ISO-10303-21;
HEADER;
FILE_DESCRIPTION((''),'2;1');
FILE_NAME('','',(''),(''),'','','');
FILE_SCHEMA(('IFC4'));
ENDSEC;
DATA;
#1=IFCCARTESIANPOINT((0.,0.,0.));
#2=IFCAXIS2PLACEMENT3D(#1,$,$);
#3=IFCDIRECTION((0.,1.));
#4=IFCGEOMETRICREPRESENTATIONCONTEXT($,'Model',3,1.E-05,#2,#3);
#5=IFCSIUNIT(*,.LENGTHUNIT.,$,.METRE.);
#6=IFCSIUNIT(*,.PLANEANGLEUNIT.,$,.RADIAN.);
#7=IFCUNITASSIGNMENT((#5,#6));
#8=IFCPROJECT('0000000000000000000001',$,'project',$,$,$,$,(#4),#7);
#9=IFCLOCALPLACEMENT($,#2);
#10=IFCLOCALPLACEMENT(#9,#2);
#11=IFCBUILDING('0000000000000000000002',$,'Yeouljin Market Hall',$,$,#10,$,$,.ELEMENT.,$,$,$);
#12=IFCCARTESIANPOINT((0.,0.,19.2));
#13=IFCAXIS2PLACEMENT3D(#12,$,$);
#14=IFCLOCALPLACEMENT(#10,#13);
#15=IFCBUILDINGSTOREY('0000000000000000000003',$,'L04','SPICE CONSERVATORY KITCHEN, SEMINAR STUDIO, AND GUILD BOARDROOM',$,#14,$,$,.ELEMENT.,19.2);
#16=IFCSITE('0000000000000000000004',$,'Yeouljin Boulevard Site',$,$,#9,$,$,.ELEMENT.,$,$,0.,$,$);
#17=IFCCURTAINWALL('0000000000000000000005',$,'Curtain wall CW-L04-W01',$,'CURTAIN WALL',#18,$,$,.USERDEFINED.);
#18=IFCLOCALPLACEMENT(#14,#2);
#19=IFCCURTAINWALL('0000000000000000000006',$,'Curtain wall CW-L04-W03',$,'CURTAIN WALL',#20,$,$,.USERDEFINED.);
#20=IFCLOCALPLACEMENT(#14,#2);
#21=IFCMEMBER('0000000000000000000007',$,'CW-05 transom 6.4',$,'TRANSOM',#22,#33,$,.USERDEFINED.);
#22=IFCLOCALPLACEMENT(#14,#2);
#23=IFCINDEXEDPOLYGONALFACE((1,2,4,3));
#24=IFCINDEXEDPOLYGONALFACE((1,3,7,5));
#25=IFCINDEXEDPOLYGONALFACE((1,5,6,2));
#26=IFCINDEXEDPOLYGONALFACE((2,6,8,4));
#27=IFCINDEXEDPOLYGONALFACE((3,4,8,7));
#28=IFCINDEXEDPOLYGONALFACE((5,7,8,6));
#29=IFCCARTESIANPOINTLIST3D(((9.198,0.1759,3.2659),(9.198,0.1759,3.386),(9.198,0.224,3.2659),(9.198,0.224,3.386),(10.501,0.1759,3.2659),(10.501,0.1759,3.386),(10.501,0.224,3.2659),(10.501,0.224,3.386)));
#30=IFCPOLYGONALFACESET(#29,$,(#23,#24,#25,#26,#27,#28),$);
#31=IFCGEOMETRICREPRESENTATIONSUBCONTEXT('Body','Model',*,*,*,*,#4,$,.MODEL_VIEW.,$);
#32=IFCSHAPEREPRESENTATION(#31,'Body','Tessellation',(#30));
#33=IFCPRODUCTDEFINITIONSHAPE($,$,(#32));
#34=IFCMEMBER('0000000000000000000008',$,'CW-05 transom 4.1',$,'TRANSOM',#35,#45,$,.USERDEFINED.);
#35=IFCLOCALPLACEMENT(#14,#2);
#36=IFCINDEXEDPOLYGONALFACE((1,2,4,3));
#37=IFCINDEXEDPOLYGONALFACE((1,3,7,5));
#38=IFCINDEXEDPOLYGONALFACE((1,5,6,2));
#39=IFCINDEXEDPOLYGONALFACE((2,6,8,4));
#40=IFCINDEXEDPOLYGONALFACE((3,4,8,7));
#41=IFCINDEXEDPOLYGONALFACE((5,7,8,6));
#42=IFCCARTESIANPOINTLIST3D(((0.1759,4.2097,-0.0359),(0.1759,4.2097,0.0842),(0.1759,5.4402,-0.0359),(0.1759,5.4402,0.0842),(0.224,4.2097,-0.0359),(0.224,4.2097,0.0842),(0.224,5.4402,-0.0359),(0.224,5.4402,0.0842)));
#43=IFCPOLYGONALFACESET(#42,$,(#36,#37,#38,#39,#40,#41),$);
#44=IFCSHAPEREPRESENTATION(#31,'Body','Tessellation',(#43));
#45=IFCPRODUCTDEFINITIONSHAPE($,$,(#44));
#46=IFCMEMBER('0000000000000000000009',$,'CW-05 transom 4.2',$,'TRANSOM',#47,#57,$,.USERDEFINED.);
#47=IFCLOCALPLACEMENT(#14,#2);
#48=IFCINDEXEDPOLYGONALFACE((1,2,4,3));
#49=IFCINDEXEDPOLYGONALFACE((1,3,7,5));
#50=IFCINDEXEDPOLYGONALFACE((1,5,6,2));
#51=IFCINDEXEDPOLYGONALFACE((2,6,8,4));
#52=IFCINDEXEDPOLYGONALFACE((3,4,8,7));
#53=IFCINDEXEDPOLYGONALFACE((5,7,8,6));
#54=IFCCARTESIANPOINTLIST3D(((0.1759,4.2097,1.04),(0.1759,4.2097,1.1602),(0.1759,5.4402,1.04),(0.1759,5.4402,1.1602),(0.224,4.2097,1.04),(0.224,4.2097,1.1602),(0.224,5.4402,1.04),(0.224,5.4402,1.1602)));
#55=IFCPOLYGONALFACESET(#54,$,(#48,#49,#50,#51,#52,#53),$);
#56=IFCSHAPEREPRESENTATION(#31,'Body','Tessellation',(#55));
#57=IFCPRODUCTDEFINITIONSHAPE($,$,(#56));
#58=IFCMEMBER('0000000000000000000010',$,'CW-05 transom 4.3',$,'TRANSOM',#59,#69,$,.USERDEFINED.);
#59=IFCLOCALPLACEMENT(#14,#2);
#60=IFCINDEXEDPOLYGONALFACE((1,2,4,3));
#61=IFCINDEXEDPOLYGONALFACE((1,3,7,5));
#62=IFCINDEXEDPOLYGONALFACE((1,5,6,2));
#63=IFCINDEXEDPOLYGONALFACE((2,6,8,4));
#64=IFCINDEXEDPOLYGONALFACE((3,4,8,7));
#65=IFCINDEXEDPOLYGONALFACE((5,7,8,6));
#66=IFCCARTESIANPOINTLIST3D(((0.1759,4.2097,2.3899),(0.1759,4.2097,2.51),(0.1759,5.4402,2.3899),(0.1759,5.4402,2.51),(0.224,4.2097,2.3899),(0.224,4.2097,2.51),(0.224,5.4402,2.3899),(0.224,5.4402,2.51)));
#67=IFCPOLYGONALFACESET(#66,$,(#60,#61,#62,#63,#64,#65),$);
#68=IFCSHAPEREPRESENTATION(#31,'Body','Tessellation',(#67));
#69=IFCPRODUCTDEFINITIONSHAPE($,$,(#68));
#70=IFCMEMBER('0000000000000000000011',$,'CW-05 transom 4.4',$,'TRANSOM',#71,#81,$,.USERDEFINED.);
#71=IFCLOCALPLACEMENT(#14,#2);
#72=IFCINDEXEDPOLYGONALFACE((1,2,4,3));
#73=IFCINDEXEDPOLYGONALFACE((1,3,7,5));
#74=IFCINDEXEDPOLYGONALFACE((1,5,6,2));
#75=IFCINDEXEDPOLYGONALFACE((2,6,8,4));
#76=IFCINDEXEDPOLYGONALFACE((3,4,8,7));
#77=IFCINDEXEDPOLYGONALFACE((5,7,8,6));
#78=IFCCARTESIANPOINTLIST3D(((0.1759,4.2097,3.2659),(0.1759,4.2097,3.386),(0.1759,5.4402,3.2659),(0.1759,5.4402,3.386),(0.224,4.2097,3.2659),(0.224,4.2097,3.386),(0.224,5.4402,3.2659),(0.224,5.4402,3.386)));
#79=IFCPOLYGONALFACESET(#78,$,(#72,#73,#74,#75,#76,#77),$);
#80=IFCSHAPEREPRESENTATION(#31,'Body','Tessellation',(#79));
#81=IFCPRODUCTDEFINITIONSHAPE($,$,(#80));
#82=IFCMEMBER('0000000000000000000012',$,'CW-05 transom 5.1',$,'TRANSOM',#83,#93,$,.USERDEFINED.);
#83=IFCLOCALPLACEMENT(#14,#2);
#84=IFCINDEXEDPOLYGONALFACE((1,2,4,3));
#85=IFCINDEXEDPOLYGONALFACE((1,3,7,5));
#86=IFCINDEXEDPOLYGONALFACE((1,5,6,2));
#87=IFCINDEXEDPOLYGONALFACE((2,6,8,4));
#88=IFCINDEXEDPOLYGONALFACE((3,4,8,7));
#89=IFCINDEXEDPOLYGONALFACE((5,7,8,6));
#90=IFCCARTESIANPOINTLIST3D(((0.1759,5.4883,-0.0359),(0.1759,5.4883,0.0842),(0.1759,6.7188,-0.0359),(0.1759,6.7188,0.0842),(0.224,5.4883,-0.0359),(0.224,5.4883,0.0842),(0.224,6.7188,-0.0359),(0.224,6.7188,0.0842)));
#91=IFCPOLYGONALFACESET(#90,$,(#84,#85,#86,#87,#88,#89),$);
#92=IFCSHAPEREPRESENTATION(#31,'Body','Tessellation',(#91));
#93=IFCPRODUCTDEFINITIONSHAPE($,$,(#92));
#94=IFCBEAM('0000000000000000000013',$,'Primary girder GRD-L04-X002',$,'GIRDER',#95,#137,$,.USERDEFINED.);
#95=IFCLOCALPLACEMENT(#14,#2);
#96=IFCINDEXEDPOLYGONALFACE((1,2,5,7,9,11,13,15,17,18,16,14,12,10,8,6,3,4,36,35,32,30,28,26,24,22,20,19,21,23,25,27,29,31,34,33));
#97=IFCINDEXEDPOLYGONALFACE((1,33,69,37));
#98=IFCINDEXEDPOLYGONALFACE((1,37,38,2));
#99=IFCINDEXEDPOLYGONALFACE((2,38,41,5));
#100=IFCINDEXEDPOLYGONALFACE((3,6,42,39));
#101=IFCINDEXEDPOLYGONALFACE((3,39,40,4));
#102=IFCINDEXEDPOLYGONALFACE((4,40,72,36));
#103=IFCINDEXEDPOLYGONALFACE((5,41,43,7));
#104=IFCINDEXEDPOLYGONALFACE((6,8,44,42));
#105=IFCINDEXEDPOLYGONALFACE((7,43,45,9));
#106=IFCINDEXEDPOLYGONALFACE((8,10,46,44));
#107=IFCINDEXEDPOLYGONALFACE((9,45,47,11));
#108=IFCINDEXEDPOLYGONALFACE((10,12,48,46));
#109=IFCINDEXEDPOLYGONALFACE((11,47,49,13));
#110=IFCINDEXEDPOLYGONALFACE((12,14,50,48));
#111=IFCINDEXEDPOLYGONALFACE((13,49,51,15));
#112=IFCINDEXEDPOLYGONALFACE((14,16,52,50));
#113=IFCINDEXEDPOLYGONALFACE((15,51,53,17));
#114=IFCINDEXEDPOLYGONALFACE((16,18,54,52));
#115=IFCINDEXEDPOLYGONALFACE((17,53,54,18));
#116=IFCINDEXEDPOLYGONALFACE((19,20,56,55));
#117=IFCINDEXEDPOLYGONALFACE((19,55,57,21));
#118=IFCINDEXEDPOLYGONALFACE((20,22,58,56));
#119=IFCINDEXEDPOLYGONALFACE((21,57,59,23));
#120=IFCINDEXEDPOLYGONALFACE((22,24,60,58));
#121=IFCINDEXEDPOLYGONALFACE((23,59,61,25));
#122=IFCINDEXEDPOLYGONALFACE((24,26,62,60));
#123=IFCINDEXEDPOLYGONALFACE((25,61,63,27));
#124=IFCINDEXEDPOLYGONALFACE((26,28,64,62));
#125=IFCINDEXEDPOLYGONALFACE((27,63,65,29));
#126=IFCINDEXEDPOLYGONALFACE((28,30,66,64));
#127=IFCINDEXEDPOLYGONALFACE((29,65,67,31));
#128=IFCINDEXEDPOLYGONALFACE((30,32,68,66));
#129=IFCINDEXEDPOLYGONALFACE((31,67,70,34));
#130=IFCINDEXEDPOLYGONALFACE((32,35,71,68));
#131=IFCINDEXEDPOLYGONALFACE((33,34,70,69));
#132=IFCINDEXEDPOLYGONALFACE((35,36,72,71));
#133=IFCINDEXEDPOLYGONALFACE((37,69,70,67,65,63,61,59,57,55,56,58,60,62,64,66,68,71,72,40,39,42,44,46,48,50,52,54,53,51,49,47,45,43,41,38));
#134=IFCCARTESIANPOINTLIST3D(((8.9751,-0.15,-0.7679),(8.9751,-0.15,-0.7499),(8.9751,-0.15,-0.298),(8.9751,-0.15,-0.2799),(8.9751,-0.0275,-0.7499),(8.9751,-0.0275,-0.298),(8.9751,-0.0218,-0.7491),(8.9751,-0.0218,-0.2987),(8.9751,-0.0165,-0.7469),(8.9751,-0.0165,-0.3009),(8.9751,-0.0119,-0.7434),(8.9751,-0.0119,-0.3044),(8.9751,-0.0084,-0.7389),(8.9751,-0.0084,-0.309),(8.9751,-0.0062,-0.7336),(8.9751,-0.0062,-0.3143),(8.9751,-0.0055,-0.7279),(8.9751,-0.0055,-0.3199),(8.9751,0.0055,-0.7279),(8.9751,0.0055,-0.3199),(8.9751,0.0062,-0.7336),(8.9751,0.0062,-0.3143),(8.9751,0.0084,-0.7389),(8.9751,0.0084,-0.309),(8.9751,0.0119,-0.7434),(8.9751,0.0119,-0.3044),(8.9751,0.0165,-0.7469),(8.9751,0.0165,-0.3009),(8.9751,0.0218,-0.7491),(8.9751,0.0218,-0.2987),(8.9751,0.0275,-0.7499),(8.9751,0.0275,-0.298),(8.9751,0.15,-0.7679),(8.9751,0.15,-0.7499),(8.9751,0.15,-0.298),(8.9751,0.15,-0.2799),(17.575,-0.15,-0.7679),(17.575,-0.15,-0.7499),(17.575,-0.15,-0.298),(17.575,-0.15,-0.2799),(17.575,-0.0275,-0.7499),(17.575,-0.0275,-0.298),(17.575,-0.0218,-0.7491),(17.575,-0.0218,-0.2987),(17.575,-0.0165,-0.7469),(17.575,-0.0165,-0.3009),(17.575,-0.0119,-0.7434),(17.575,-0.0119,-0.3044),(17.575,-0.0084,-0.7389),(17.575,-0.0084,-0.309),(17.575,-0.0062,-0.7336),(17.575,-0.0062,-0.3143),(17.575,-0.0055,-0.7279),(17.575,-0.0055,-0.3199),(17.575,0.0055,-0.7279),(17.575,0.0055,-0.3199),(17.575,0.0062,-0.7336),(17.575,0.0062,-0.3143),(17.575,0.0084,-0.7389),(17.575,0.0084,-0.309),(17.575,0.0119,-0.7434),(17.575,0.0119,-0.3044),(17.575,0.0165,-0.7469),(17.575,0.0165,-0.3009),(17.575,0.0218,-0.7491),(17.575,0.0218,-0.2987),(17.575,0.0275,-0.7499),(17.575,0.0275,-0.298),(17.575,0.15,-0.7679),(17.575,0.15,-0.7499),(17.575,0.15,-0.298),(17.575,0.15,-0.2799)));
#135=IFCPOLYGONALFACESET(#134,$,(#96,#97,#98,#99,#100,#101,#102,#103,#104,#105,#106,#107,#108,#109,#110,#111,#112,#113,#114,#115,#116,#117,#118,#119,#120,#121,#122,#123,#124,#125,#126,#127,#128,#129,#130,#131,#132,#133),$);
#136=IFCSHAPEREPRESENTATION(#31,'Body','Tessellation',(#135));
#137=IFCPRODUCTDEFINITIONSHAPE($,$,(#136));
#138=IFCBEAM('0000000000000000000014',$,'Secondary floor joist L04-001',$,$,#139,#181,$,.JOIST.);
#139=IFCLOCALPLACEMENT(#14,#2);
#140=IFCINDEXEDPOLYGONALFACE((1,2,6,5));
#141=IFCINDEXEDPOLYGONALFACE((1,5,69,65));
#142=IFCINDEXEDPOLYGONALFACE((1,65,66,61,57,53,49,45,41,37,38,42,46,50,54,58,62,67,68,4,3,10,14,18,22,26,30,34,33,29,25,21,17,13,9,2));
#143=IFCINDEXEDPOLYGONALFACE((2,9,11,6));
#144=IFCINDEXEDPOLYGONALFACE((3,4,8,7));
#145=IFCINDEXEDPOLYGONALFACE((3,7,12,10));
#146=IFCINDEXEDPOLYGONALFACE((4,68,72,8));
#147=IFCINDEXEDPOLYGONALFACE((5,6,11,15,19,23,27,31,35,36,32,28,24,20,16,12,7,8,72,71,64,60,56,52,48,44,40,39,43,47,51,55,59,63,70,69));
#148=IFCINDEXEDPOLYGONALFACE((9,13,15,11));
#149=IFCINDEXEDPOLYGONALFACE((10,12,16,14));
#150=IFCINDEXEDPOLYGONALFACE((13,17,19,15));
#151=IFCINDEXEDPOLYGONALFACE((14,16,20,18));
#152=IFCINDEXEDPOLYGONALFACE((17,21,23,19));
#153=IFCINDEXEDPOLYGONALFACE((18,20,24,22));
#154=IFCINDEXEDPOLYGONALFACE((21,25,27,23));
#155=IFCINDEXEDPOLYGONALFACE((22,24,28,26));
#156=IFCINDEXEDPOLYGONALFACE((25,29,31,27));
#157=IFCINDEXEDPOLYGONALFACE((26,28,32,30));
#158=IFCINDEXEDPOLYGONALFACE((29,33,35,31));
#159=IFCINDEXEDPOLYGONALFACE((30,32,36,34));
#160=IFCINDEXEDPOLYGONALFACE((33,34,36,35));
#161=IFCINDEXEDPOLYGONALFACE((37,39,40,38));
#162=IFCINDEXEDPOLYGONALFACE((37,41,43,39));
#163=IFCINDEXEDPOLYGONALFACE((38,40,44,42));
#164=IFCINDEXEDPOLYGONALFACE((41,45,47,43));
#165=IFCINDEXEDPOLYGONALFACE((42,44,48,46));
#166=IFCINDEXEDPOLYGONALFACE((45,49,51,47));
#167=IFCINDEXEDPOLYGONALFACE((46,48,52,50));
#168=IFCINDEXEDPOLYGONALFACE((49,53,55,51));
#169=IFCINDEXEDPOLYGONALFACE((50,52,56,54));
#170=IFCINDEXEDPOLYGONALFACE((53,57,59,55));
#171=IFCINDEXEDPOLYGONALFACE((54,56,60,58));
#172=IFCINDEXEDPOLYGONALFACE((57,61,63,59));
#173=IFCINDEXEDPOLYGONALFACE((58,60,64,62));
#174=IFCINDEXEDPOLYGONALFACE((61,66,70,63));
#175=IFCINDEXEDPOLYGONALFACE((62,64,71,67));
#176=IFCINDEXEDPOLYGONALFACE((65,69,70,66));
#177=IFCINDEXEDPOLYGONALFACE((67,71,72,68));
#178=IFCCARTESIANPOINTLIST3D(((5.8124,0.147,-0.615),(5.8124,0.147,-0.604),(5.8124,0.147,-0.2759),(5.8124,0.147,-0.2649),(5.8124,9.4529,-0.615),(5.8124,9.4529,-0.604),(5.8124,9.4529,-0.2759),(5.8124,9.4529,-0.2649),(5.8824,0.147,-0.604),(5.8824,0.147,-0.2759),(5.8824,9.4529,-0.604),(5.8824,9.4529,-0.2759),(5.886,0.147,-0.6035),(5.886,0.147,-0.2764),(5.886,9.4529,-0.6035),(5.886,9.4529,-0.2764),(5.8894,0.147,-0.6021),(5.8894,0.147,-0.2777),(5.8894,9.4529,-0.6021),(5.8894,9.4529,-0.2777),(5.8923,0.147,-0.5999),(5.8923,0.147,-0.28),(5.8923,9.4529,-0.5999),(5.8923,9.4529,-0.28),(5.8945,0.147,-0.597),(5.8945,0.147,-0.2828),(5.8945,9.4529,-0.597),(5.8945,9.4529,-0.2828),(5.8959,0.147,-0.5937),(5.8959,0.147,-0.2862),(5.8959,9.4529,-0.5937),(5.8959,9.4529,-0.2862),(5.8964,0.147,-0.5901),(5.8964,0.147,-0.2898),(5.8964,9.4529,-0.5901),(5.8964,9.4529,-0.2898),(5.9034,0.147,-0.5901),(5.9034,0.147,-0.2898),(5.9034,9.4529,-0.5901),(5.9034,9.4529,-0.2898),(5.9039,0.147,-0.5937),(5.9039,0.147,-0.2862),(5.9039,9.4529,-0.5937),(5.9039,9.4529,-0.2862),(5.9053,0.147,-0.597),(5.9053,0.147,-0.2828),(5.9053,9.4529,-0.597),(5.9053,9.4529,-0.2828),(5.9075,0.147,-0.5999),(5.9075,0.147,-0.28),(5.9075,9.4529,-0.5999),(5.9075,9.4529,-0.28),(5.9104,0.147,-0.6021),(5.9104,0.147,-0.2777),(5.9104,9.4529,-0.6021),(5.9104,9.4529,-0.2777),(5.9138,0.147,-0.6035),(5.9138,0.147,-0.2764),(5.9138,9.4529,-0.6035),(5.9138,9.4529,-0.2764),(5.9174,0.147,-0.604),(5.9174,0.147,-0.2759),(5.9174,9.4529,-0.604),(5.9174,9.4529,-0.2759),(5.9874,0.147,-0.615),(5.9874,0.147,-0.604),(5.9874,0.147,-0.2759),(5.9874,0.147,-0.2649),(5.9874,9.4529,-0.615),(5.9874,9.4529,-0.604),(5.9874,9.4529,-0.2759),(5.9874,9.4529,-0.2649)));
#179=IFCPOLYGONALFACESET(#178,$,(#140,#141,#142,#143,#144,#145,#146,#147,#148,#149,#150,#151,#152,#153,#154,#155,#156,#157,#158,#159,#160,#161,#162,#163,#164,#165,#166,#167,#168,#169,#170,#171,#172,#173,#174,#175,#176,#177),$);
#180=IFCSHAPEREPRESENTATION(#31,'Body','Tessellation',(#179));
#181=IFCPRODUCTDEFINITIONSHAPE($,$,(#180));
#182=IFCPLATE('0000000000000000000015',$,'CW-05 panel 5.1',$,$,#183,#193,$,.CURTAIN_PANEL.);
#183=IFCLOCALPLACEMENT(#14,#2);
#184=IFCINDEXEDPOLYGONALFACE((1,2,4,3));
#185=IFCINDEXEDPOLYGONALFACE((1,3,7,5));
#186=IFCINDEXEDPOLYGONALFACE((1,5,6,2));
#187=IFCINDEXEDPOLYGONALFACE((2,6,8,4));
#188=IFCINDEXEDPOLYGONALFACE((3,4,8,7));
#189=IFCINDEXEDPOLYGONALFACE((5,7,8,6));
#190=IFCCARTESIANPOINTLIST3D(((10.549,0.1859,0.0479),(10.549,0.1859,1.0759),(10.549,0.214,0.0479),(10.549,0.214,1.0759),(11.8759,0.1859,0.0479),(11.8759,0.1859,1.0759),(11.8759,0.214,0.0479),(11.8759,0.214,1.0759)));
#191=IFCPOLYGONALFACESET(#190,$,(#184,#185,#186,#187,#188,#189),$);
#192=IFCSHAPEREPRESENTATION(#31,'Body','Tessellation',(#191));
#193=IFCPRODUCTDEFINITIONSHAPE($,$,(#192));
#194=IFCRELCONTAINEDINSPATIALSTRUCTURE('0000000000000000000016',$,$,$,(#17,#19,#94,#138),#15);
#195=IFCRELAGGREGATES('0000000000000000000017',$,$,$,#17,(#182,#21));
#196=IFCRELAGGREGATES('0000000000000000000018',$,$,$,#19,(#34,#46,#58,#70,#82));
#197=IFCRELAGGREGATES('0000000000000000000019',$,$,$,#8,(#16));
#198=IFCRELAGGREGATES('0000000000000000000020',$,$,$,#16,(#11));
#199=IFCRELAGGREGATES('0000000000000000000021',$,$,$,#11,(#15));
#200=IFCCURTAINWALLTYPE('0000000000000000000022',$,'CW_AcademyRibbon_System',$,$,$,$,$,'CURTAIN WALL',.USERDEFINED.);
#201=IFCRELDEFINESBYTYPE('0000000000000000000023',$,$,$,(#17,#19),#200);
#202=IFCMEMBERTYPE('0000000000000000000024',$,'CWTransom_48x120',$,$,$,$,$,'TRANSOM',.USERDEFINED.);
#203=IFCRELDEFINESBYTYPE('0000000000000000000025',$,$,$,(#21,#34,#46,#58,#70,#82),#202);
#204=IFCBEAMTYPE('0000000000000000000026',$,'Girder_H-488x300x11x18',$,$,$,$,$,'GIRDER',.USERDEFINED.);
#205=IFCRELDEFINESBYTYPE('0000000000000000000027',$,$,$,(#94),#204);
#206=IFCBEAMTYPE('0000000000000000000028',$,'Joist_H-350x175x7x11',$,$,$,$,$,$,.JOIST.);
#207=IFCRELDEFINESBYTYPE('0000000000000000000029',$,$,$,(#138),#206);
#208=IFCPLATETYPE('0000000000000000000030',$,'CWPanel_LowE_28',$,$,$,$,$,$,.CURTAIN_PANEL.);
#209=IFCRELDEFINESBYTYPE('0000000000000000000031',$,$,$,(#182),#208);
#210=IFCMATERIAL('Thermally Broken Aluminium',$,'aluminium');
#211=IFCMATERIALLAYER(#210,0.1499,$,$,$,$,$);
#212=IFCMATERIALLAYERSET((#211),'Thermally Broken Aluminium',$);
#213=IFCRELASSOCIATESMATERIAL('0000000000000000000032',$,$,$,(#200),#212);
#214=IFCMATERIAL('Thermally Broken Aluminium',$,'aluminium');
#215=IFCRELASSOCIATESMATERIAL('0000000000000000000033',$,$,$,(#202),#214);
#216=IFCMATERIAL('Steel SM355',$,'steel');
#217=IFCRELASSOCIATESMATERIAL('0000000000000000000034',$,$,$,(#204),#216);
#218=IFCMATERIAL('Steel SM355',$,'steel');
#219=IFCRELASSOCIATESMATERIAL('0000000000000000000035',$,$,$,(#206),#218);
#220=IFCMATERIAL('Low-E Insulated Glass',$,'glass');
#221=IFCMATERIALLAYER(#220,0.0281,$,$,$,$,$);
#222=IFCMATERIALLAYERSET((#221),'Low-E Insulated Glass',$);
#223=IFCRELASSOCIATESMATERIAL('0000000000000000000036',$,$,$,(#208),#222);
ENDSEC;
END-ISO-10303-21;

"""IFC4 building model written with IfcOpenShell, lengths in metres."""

from ifc_helpers import new_model, si_unit, direction, frame, origin, origin_2d, place, context, subcontext, project, spatial, rectangle, i_section, extrude, material, layer, layer_set, material_profile, profile_set, type_object, element, aggregate, save


model = new_model("IFC4")

# Units and contexts
model_context = context("Model", 3, precision=1e-05, world=origin(), true_north=direction((0.0, 1.0)))
body_context = subcontext(model_context, "Body", "Model", "MODEL_VIEW")
ifc_project = project(units=[si_unit("LENGTHUNIT", "METRE"), si_unit("PLANEANGLEUNIT", "RADIAN")], contexts=[model_context])

# Site, building, storey
site_placement = place(None, origin())
site = spatial("IfcSite", under=ifc_project, at=site_placement, Name="Yeouljin Boulevard Site", CompositionType="ELEMENT", RefElevation=0.0)
building_placement = place(site_placement, origin())
building = spatial("IfcBuilding", under=site, at=building_placement, Name="Yeouljin Market Hall", CompositionType="ELEMENT")
storey_placement = place(building_placement, frame((0.0, 0.0, 19.2)))
storey = spatial("IfcBuildingStorey", under=building, at=storey_placement, Name="L04", Description="SPICE CONSERVATORY KITCHEN, SEMINAR STUDIO, AND GUILD BOARDROOM", CompositionType="ELEMENT", Elevation=19.2)

# Curtain walls
ifc_material_1 = material(Name="Thermally Broken Aluminium", Category="aluminium")
ifc_layer_1 = layer(ifc_material_1, 0.1499)
ifc_layer_set_1 = layer_set([ifc_layer_1], Name="Thermally Broken Aluminium")
curtain_wall_type = type_object("IfcCurtainWallType", Name="CW_AcademyRibbon_System", ElementType="CURTAIN WALL", PredefinedType="USERDEFINED", material=ifc_layer_set_1)
curtain_wall_1_placement = place(storey_placement, origin())
curtain_wall_1 = element("IfcCurtainWall", 1, at=curtain_wall_1_placement, inside=storey, type_object=curtain_wall_type, Name="Curtain wall CW-L04-W01", ObjectType="CURTAIN WALL", PredefinedType="USERDEFINED")
curtain_wall_2_placement = place(storey_placement, origin())
curtain_wall_2 = element("IfcCurtainWall", 2, at=curtain_wall_2_placement, inside=storey, type_object=curtain_wall_type, Name="Curtain wall CW-L04-W03", ObjectType="CURTAIN WALL", PredefinedType="USERDEFINED")

# Members
ifc_material_2 = material(Name="Thermally Broken Aluminium", Category="aluminium")
ifc_material_profile_1 = material_profile(ifc_material_2, rectangle(XDim=0.0481, YDim=0.1201, at=origin_2d()), Name="CW-TRAN-48x120")
ifc_profile_set_1 = profile_set([ifc_material_profile_1], Name="Thermally Broken Aluminium")
member_type_1 = type_object("IfcMemberType", Name="CWTransom_48x120", ElementType="TRANSOM", PredefinedType="USERDEFINED", material=ifc_profile_set_1)
member_1_placement = place(storey_placement, frame((10.501, 0.2, 3.3259), z_axis=(-1.0, 0.0, 0.0), x_axis=(0.0, -1.0, 0.0)))
member_1 = element("IfcMember", 3, at=member_1_placement, type_object=member_type_1, Name="CW-05 transom 6.4", ObjectType="TRANSOM", PredefinedType="USERDEFINED", context=body_context, shape_type="SweptSolid", body=[
    extrude(rectangle(XDim=0.0481, YDim=0.1201, at=origin_2d()), origin(), (0.0, 0.0, 1.0), 1.303),
])
member_2_placement = place(storey_placement, frame((0.2, 4.2097, 0.0242), z_axis=(0.0, 1.0, 0.0), x_axis=(-1.0, 0.0, 0.0)))
member_2 = element("IfcMember", 4, at=member_2_placement, type_object=member_type_1, Name="CW-05 transom 4.1", ObjectType="TRANSOM", PredefinedType="USERDEFINED", context=body_context, shape_type="SweptSolid", body=[
    extrude(rectangle(XDim=0.0481, YDim=0.1201, at=origin_2d()), origin(), (0.0, 0.0, 1.0), 1.2305),
])
member_3_placement = place(storey_placement, frame((0.2, 4.2097, 1.1001), z_axis=(0.0, 1.0, 0.0), x_axis=(-1.0, 0.0, 0.0)))
member_3 = element("IfcMember", 5, at=member_3_placement, type_object=member_type_1, Name="CW-05 transom 4.2", ObjectType="TRANSOM", PredefinedType="USERDEFINED", context=body_context, shape_type="SweptSolid", body=[
    extrude(rectangle(XDim=0.0481, YDim=0.1201, at=origin_2d()), origin(), (0.0, 0.0, 1.0), 1.2305),
])
member_4_placement = place(storey_placement, frame((0.2, 4.2097, 2.45), z_axis=(0.0, 1.0, 0.0), x_axis=(-1.0, 0.0, 0.0)))
member_4 = element("IfcMember", 6, at=member_4_placement, type_object=member_type_1, Name="CW-05 transom 4.3", ObjectType="TRANSOM", PredefinedType="USERDEFINED", context=body_context, shape_type="SweptSolid", body=[
    extrude(rectangle(XDim=0.0481, YDim=0.1201, at=origin_2d()), origin(), (0.0, 0.0, 1.0), 1.2305),
])
member_5_placement = place(storey_placement, frame((0.2, 4.2097, 3.3259), z_axis=(0.0, 1.0, 0.0), x_axis=(-1.0, 0.0, 0.0)))
member_5 = element("IfcMember", 7, at=member_5_placement, type_object=member_type_1, Name="CW-05 transom 4.4", ObjectType="TRANSOM", PredefinedType="USERDEFINED", context=body_context, shape_type="SweptSolid", body=[
    extrude(rectangle(XDim=0.0481, YDim=0.1201, at=origin_2d()), origin(), (0.0, 0.0, 1.0), 1.2305),
])
member_6_placement = place(storey_placement, frame((0.2, 5.4883, 0.0242), z_axis=(0.0, 1.0, 0.0), x_axis=(-1.0, 0.0, 0.0)))
member_6 = element("IfcMember", 8, at=member_6_placement, type_object=member_type_1, Name="CW-05 transom 5.1", ObjectType="TRANSOM", PredefinedType="USERDEFINED", context=body_context, shape_type="SweptSolid", body=[
    extrude(rectangle(XDim=0.0481, YDim=0.1201, at=origin_2d()), origin(), (0.0, 0.0, 1.0), 1.2305),
])

# Beams
ifc_material_3 = material(Name="Steel SM355", Category="steel")
ifc_material_profile_2 = material_profile(ifc_material_3, i_section(OverallWidth=0.3, OverallDepth=0.488, WebThickness=0.011, FlangeThickness=0.0181, FilletRadius=0.022, at=origin_2d()), Name="H-488x300x11x18")
ifc_profile_set_2 = profile_set([ifc_material_profile_2], Name="Steel SM355")
beam_type_1 = type_object("IfcBeamType", Name="Girder_H-488x300x11x18", ElementType="GIRDER", PredefinedType="USERDEFINED", material=ifc_profile_set_2)
beam_1_placement = place(storey_placement, frame((8.9751, 0.0, -0.5239), z_axis=(1.0, 0.0, 0.0), x_axis=(0.0, 1.0, 0.0)))
element("IfcBeam", 9, at=beam_1_placement, inside=storey, type_object=beam_type_1, Name="Primary girder GRD-L04-X002", ObjectType="GIRDER", PredefinedType="USERDEFINED", context=body_context, shape_type="SweptSolid", body=[
    extrude(i_section(OverallWidth=0.3, OverallDepth=0.488, WebThickness=0.011, FlangeThickness=0.0181, FilletRadius=0.022, at=origin_2d()), origin(), (0.0, 0.0, 1.0), 8.5999),
])
ifc_material_4 = material(Name="Steel SM355", Category="steel")
ifc_material_profile_3 = material_profile(ifc_material_4, i_section(OverallWidth=0.175, OverallDepth=0.3501, WebThickness=0.0071, FlangeThickness=0.011, FilletRadius=0.0139, at=origin_2d()), Name="H-350x175x7x11")
ifc_profile_set_3 = profile_set([ifc_material_profile_3], Name="Steel SM355")
beam_type_2 = type_object("IfcBeamType", Name="Joist_H-350x175x7x11", PredefinedType="JOIST", material=ifc_profile_set_3)
beam_2_placement = place(storey_placement, frame((5.8999, 0.147, -0.4399), z_axis=(0.0, 1.0, 0.0), x_axis=(-1.0, 0.0, 0.0)))
element("IfcBeam", 10, at=beam_2_placement, inside=storey, type_object=beam_type_2, Name="Secondary floor joist L04-001", PredefinedType="JOIST", context=body_context, shape_type="SweptSolid", body=[
    extrude(i_section(OverallWidth=0.175, OverallDepth=0.3501, WebThickness=0.0071, FlangeThickness=0.011, FilletRadius=0.0139, at=origin_2d()), origin(), (0.0, 0.0, 1.0), 9.3059),
])

# Plate
ifc_material_5 = material(Name="Low-E Insulated Glass", Category="glass")
ifc_layer_2 = layer(ifc_material_5, 0.0281)
ifc_layer_set_2 = layer_set([ifc_layer_2], Name="Low-E Insulated Glass")
plate_type = type_object("IfcPlateType", Name="CWPanel_LowE_28", PredefinedType="CURTAIN_PANEL", material=ifc_layer_set_2)
plate_1_placement = place(storey_placement, frame((11.2124, 0.2, 0.0479), z_axis=(0.0, 0.0, 1.0), x_axis=(-1.0, 0.0, 0.0)))
plate_1 = element("IfcPlate", 11, at=plate_1_placement, type_object=plate_type, Name="CW-05 panel 5.1", PredefinedType="CURTAIN_PANEL", context=body_context, shape_type="SweptSolid", body=[
    extrude(rectangle(XDim=1.3269, YDim=0.0281, at=origin_2d()), origin(), (0.0, 0.0, 1.0), 1.0281),
])
aggregate(curtain_wall_1, [plate_1, member_1])
aggregate(curtain_wall_2, [member_2, member_3, member_4, member_5, member_6])

save(model, "model.ifc")
